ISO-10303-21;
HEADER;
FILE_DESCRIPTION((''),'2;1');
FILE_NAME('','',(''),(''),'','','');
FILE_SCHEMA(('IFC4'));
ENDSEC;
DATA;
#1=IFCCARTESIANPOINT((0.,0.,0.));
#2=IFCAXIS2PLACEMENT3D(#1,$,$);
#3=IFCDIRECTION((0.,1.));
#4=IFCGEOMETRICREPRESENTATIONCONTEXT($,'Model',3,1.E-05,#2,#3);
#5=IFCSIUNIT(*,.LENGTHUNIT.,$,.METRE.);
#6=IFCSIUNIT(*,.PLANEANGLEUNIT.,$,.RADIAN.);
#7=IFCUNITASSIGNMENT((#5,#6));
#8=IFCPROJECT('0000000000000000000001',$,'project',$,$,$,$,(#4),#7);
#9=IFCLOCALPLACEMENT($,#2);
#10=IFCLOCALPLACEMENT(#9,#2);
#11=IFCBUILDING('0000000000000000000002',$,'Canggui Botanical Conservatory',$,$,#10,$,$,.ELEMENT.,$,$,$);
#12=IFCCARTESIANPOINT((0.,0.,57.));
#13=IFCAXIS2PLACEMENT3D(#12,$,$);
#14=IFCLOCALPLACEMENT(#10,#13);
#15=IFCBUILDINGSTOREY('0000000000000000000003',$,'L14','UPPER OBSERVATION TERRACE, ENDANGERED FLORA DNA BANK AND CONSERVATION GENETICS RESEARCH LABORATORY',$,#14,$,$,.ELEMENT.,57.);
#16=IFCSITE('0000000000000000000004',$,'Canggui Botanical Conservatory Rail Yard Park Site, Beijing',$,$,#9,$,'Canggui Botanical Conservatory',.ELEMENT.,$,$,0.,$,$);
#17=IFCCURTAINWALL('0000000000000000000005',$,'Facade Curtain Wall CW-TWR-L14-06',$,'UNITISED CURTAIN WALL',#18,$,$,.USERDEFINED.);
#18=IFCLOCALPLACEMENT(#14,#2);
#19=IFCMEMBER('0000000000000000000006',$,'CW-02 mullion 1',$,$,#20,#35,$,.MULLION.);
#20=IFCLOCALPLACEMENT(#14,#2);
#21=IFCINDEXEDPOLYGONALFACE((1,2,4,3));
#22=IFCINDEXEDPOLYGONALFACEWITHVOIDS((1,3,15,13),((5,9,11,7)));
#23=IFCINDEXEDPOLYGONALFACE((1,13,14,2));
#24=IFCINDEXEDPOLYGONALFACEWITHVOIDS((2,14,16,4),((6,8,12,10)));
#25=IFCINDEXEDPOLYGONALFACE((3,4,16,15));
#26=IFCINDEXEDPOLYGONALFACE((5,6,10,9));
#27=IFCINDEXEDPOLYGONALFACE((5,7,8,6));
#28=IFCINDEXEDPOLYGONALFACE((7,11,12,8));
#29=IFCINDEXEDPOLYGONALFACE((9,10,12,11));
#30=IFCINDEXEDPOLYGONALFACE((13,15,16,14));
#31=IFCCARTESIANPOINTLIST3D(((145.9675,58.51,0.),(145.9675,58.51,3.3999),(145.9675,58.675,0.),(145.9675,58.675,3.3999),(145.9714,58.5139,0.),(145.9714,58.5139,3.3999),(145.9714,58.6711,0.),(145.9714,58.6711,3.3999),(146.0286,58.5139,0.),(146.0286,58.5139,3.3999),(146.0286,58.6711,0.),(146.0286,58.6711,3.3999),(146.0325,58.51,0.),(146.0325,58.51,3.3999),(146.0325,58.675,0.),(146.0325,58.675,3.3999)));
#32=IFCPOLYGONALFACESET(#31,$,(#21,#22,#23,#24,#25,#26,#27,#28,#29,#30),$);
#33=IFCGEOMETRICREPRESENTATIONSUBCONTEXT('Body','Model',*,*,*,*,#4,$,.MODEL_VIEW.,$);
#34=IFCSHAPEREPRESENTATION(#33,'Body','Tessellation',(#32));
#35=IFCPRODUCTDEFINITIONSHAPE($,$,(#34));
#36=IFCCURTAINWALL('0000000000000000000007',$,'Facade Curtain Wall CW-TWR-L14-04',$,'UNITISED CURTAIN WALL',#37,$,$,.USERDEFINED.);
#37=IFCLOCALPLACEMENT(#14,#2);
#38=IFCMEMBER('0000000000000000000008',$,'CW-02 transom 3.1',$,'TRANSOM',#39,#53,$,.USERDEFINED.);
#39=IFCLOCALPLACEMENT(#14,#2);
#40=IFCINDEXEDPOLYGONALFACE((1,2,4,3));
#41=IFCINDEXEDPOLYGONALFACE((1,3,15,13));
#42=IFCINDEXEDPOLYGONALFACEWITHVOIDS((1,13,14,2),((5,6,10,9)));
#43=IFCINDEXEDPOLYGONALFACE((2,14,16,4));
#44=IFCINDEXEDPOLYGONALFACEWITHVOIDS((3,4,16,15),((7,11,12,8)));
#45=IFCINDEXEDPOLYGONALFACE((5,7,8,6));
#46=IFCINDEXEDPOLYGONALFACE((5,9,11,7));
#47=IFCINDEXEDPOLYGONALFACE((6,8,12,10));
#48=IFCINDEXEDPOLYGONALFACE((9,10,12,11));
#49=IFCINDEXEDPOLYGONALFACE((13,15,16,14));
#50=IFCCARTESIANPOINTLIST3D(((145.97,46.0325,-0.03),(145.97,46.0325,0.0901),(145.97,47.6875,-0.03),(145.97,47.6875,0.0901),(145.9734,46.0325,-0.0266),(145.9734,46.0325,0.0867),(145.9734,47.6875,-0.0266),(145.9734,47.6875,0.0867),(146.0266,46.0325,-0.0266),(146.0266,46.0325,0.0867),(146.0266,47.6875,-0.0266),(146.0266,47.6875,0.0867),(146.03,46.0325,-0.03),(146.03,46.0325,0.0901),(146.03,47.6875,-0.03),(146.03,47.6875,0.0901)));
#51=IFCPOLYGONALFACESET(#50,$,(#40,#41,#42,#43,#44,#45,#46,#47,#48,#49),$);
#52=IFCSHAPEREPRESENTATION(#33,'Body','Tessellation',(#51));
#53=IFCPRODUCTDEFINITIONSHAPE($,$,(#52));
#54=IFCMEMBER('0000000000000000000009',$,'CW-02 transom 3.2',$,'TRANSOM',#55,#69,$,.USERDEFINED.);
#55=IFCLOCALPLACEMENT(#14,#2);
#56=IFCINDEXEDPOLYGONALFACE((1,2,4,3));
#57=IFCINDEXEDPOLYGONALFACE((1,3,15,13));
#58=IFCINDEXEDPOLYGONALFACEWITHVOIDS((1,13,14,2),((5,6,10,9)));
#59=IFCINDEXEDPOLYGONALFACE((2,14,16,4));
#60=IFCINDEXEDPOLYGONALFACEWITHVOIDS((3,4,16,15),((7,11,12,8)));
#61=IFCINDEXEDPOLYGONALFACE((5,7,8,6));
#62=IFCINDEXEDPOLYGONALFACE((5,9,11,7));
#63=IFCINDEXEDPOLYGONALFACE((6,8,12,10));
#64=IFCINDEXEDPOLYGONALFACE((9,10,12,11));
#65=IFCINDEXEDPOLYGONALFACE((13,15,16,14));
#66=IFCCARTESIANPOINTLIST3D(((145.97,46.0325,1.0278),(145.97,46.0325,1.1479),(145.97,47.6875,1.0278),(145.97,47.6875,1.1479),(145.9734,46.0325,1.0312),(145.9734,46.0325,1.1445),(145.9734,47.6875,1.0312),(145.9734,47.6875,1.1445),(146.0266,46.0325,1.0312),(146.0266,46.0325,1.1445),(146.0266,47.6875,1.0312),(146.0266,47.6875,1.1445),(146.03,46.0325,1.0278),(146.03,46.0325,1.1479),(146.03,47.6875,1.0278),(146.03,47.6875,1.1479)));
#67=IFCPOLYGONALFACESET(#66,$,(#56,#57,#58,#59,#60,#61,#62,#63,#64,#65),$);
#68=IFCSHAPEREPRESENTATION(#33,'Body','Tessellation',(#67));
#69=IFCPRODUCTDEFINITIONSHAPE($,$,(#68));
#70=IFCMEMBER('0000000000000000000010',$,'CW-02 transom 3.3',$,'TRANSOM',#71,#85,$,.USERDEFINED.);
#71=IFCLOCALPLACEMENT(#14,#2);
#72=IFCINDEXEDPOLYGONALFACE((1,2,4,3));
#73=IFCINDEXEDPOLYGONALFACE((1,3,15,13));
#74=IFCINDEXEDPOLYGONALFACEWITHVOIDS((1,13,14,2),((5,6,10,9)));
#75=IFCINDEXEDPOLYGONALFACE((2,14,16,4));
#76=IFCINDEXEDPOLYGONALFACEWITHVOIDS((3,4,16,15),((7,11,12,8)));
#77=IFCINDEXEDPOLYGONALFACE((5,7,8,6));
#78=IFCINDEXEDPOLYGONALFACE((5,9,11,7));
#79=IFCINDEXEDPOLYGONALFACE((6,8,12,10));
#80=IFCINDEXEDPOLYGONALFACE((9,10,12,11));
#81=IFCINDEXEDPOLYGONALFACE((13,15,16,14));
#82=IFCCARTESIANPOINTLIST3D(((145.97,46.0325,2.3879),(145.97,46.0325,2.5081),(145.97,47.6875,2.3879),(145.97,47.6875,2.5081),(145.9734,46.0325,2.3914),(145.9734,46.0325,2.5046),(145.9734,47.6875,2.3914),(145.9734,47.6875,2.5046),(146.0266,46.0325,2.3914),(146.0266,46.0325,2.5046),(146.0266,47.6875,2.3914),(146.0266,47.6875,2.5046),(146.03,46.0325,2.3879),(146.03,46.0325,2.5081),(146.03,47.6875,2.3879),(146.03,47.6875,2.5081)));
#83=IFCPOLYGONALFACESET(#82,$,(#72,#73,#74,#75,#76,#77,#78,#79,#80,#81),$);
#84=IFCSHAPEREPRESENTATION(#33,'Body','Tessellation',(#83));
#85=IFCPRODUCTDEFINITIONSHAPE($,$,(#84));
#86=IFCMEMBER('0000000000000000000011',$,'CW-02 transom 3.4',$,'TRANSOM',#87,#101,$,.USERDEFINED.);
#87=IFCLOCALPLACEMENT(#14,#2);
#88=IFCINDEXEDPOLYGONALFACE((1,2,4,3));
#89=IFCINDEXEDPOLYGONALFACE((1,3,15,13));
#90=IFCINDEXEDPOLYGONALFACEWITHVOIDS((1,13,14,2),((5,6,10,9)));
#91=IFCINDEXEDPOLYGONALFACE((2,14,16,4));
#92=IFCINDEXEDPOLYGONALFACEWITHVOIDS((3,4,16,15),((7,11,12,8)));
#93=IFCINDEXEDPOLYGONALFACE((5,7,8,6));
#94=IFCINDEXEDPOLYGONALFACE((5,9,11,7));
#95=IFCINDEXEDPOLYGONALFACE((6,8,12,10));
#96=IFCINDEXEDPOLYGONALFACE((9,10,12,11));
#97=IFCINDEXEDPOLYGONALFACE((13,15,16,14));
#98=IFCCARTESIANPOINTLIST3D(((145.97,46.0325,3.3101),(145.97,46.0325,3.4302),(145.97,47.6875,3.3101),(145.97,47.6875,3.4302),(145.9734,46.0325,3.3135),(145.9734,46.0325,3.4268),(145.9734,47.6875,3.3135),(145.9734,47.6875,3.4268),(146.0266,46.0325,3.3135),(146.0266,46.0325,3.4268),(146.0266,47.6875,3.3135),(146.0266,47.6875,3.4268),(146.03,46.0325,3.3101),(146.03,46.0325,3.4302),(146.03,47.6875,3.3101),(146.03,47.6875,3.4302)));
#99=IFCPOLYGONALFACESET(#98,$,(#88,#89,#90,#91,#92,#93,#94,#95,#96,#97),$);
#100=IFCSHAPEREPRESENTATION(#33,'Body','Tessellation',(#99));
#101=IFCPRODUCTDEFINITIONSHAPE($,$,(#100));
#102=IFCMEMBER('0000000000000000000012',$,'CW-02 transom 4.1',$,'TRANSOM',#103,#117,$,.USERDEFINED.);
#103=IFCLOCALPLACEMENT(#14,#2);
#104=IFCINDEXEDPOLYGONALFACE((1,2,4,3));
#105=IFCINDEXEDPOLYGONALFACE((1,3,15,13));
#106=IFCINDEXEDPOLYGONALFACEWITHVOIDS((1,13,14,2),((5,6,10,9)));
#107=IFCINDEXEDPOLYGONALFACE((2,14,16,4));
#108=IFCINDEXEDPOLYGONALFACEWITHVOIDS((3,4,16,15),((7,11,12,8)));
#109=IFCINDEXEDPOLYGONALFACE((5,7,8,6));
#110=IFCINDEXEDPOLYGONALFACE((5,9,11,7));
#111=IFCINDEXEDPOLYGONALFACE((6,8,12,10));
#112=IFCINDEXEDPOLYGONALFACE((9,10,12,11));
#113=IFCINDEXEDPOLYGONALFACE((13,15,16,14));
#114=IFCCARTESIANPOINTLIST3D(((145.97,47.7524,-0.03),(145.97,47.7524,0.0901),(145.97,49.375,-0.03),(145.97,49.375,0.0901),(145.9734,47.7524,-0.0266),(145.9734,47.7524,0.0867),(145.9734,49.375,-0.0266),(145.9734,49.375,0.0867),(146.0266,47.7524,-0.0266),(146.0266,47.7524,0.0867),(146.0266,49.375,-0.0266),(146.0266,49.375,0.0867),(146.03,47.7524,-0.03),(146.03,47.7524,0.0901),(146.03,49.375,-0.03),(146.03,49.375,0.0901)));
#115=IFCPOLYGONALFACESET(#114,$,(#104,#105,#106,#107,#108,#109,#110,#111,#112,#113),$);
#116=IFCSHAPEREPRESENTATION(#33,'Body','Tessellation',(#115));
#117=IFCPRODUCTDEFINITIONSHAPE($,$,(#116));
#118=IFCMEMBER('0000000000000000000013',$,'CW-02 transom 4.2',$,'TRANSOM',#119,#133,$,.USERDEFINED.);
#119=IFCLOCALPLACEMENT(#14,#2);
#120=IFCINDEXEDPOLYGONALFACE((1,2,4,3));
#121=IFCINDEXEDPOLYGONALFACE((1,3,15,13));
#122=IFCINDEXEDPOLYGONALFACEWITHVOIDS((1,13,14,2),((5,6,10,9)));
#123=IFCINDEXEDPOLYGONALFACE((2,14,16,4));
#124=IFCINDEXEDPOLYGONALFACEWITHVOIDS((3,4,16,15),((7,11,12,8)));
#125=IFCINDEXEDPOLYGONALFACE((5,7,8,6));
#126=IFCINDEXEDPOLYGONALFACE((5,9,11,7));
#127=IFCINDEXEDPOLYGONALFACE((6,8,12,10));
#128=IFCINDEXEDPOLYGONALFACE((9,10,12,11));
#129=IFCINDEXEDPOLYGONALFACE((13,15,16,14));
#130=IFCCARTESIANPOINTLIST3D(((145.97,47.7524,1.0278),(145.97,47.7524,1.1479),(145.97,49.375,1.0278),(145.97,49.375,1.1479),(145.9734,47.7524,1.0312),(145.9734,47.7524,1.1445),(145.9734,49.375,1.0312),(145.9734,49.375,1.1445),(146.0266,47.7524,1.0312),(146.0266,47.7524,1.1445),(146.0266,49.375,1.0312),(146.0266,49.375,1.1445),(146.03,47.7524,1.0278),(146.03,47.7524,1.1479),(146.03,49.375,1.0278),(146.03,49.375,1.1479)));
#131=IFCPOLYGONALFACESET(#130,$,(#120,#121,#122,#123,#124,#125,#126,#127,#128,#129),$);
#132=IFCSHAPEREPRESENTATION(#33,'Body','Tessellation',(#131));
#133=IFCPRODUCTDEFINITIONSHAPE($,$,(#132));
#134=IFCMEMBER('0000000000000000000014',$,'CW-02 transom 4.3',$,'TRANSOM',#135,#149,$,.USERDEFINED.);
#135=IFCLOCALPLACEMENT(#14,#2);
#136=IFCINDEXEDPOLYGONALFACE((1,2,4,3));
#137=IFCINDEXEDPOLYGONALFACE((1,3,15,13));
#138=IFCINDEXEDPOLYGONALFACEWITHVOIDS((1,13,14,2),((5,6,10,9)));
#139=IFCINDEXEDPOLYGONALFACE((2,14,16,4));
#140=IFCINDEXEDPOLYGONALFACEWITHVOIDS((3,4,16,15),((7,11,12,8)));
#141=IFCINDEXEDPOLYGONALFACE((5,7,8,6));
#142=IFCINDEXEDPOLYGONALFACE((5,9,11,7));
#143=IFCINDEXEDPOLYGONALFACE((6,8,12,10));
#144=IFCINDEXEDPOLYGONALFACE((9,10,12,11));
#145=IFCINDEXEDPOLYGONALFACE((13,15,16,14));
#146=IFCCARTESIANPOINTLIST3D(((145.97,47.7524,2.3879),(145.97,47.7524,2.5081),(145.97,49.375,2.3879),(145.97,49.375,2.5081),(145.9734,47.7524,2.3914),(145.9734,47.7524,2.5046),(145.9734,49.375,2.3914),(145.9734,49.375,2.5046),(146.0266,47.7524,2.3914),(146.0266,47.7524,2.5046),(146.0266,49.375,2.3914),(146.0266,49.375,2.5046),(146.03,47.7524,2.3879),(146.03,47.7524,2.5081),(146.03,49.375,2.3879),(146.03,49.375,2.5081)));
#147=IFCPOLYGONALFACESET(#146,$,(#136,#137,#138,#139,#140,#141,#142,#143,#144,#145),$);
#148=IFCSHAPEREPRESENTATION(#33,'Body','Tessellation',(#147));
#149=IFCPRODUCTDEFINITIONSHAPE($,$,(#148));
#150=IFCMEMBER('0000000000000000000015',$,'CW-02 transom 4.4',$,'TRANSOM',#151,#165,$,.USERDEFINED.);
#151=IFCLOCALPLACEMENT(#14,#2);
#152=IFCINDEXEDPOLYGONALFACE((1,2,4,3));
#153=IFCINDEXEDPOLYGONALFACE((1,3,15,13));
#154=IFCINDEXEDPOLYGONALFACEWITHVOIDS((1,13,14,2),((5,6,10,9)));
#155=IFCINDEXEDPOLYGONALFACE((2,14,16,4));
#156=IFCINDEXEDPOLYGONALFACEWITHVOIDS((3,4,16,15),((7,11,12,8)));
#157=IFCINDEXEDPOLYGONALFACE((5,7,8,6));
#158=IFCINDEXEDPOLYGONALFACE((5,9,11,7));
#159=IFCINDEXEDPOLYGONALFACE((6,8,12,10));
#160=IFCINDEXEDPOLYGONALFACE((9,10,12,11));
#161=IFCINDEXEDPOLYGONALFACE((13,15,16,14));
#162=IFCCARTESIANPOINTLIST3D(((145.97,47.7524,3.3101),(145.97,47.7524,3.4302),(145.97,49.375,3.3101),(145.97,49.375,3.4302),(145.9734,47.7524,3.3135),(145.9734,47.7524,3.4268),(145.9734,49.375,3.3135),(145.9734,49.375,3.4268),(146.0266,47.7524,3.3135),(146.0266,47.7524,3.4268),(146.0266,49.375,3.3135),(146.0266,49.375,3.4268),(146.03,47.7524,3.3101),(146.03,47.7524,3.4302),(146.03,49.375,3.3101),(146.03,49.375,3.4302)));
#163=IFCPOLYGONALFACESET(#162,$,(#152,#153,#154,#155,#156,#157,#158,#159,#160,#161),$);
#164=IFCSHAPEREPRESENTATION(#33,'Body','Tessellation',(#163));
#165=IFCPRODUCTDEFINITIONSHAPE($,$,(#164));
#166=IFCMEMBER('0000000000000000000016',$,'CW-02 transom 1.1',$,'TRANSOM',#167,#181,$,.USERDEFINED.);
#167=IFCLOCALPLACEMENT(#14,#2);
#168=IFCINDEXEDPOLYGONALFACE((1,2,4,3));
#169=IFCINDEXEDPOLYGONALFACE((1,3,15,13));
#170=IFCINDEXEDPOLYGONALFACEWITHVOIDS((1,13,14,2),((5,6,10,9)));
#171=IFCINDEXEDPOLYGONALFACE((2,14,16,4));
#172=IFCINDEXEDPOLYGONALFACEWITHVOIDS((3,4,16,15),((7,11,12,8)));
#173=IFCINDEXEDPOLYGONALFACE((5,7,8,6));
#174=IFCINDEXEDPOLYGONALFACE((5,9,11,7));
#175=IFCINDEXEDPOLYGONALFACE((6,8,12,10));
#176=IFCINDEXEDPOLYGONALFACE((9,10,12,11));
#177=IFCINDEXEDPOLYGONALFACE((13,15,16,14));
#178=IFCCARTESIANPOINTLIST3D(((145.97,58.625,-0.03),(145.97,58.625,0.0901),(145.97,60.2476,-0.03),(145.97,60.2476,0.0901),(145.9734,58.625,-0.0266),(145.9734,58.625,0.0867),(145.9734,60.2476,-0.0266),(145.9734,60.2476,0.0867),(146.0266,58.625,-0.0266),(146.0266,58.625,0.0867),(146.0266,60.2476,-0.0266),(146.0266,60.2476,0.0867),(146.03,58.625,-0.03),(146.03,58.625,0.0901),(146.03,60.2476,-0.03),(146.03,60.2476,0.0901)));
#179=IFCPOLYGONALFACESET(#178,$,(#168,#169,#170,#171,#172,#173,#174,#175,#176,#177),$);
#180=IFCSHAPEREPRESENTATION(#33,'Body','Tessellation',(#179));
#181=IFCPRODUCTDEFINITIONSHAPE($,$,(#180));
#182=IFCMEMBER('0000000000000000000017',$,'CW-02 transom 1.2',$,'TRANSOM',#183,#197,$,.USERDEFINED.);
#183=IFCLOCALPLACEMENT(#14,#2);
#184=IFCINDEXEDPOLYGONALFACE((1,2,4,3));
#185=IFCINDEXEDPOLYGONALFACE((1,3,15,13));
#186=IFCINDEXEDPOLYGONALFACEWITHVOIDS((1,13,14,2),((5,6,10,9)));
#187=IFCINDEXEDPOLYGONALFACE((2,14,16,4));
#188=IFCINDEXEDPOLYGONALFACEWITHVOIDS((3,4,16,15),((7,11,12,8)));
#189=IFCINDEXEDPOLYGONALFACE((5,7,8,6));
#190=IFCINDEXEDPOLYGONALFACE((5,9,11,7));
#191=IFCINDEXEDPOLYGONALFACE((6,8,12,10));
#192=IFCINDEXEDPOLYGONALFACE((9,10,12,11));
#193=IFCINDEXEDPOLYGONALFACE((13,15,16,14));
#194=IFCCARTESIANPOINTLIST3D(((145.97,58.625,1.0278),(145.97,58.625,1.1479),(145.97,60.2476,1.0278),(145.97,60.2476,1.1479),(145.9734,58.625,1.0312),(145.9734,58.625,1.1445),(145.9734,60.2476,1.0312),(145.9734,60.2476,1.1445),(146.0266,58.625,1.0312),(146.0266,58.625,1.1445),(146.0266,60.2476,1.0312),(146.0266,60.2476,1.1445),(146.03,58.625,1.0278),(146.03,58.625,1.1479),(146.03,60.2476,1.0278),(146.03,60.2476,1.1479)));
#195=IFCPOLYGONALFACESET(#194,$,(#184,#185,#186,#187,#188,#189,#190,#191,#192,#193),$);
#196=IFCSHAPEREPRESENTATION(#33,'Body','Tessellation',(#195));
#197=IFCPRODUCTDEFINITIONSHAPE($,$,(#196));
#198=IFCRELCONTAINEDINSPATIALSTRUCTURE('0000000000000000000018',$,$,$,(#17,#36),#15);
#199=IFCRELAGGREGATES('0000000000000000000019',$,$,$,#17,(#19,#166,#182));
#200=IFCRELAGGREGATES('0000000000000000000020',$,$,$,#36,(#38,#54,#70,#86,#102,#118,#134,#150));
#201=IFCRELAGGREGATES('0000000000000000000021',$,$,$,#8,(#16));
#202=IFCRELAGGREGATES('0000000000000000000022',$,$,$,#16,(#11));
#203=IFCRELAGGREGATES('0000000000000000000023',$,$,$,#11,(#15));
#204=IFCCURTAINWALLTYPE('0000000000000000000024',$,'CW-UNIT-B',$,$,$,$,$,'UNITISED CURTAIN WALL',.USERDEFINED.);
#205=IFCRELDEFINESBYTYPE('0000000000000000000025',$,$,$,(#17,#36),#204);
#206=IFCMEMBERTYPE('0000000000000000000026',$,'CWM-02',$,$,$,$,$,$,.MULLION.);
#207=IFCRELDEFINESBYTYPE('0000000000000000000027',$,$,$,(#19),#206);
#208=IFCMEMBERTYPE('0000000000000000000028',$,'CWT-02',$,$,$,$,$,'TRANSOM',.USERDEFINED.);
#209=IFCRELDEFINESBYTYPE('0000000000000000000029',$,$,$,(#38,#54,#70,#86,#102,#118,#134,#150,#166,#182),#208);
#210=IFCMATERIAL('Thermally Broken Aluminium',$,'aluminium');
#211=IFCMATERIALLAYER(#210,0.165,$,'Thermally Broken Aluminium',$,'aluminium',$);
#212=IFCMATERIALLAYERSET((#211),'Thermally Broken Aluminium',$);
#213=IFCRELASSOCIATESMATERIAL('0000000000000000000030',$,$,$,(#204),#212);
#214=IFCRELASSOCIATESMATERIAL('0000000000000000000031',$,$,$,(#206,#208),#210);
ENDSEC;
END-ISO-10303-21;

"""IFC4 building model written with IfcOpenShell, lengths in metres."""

from ifc_helpers import new_model, si_unit, direction, frame, origin, origin_2d, place, context, subcontext, project, spatial, hollow_rectangle, extrude, material, layer, layer_set, material_profile, profile_set, type_object, element, aggregate, save


model = new_model("IFC4")

# Units and contexts
model_context = context("Model", 3, precision=1e-05, world=origin(), true_north=direction((0.0, 1.0)))
body_context = subcontext(model_context, "Body", "Model", "MODEL_VIEW")
ifc_project = project(units=[si_unit("LENGTHUNIT", "METRE"), si_unit("PLANEANGLEUNIT", "RADIAN")], contexts=[model_context])

# Site, building, storey
site_placement = place(None, origin())
site = spatial("IfcSite", under=ifc_project, at=site_placement, Name="Canggui Botanical Conservatory Rail Yard Park Site, Beijing", LongName="Canggui Botanical Conservatory", CompositionType="ELEMENT", RefElevation=0.0)
building_placement = place(site_placement, origin())
building = spatial("IfcBuilding", under=site, at=building_placement, Name="Canggui Botanical Conservatory", CompositionType="ELEMENT")
storey_placement = place(building_placement, frame((0.0, 0.0, 57.0)))
storey = spatial("IfcBuildingStorey", under=building, at=storey_placement, Name="L14", Description="UPPER OBSERVATION TERRACE, ENDANGERED FLORA DNA BANK AND CONSERVATION GENETICS RESEARCH LABORATORY", CompositionType="ELEMENT", Elevation=57.0)

# Curtain wall, member
ifc_material_1 = material(Name="Thermally Broken Aluminium", Category="aluminium")
ifc_layer_1 = layer(ifc_material_1, 0.165, Name="Thermally Broken Aluminium", Category="aluminium")
ifc_layer_set_1 = layer_set([ifc_layer_1], Name="Thermally Broken Aluminium")
curtain_wall_type = type_object("IfcCurtainWallType", Name="CW-UNIT-B", ElementType="UNITISED CURTAIN WALL", PredefinedType="USERDEFINED", material=ifc_layer_set_1)
curtain_wall_1_placement = place(storey_placement, origin())
curtain_wall_1 = element("IfcCurtainWall", 1, at=curtain_wall_1_placement, inside=storey, type_object=curtain_wall_type, Name="Facade Curtain Wall CW-TWR-L14-06", ObjectType="UNITISED CURTAIN WALL", PredefinedType="USERDEFINED")
ifc_material_profile_1 = material_profile(ifc_material_1, hollow_rectangle(XDim=0.0649, YDim=0.165, WallThickness=0.0039, at=origin_2d()), Name="CWM 65x165x4")
ifc_profile_set_1 = profile_set([ifc_material_profile_1], Name="Thermally Broken Aluminium")
member_type_1 = type_object("IfcMemberType", Name="CWM-02", PredefinedType="MULLION", material=ifc_profile_set_1)
member_1_placement = place(storey_placement, frame((146.0, 58.5925, 0.0), z_axis=(0.0, 0.0, 1.0), x_axis=(-1.0, 0.0, 0.0)))
member_1 = element("IfcMember", 2, at=member_1_placement, type_object=member_type_1, Name="CW-02 mullion 1", PredefinedType="MULLION", context=body_context, shape_type="SweptSolid", body=[
    extrude(hollow_rectangle(XDim=0.0649, YDim=0.165, WallThickness=0.0039, at=origin_2d()), origin(), (0.0, 0.0, 1.0), 3.3999),
])

# Curtain wall, members
curtain_wall_2_placement = place(storey_placement, origin())
curtain_wall_2 = element("IfcCurtainWall", 3, at=curtain_wall_2_placement, inside=storey, type_object=curtain_wall_type, Name="Facade Curtain Wall CW-TWR-L14-04", ObjectType="UNITISED CURTAIN WALL", PredefinedType="USERDEFINED")
ifc_material_profile_2 = material_profile(ifc_material_1, hollow_rectangle(XDim=0.0601, YDim=0.1201, WallThickness=0.0034, at=origin_2d()), Name="CWT 60x120x3.5")
ifc_profile_set_2 = profile_set([ifc_material_profile_2], Name="Thermally Broken Aluminium")
member_type_2 = type_object("IfcMemberType", Name="CWT-02", ElementType="TRANSOM", PredefinedType="USERDEFINED", material=ifc_profile_set_2)
member_2_placement = place(storey_placement, frame((146.0, 46.0325, 0.03), z_axis=(0.0, 1.0, 0.0), x_axis=(-1.0, 0.0, 0.0)))
member_2 = element("IfcMember", 4, at=member_2_placement, type_object=member_type_2, Name="CW-02 transom 3.1", ObjectType="TRANSOM", PredefinedType="USERDEFINED", context=body_context, shape_type="SweptSolid", body=[
    extrude(hollow_rectangle(XDim=0.0601, YDim=0.1201, WallThickness=0.0034, at=origin_2d()), origin(), (0.0, 0.0, 1.0), 1.655),
])
member_3_placement = place(storey_placement, frame((146.0, 46.0325, 1.0879), z_axis=(0.0, 1.0, 0.0), x_axis=(-1.0, 0.0, 0.0)))
member_3 = element("IfcMember", 5, at=member_3_placement, type_object=member_type_2, Name="CW-02 transom 3.2", ObjectType="TRANSOM", PredefinedType="USERDEFINED", context=body_context, shape_type="SweptSolid", body=[
    extrude(hollow_rectangle(XDim=0.0601, YDim=0.1201, WallThickness=0.0034, at=origin_2d()), origin(), (0.0, 0.0, 1.0), 1.655),
])
member_4_placement = place(storey_placement, frame((146.0, 46.0325, 2.448), z_axis=(0.0, 1.0, 0.0), x_axis=(-1.0, 0.0, 0.0)))
member_4 = element("IfcMember", 6, at=member_4_placement, type_object=member_type_2, Name="CW-02 transom 3.3", ObjectType="TRANSOM", PredefinedType="USERDEFINED", context=body_context, shape_type="SweptSolid", body=[
    extrude(hollow_rectangle(XDim=0.0601, YDim=0.1201, WallThickness=0.0034, at=origin_2d()), origin(), (0.0, 0.0, 1.0), 1.655),
])
member_5_placement = place(storey_placement, frame((146.0, 46.0325, 3.3701), z_axis=(0.0, 1.0, 0.0), x_axis=(-1.0, 0.0, 0.0)))
member_5 = element("IfcMember", 7, at=member_5_placement, type_object=member_type_2, Name="CW-02 transom 3.4", ObjectType="TRANSOM", PredefinedType="USERDEFINED", context=body_context, shape_type="SweptSolid", body=[
    extrude(hollow_rectangle(XDim=0.0601, YDim=0.1201, WallThickness=0.0034, at=origin_2d()), origin(), (0.0, 0.0, 1.0), 1.655),
])
member_6_placement = place(storey_placement, frame((146.0, 47.7524, 0.03), z_axis=(0.0, 1.0, 0.0), x_axis=(-1.0, 0.0, 0.0)))
member_6 = element("IfcMember", 8, at=member_6_placement, type_object=member_type_2, Name="CW-02 transom 4.1", ObjectType="TRANSOM", PredefinedType="USERDEFINED", context=body_context, shape_type="SweptSolid", body=[
    extrude(hollow_rectangle(XDim=0.0601, YDim=0.1201, WallThickness=0.0034, at=origin_2d()), origin(), (0.0, 0.0, 1.0), 1.6226),
])
member_7_placement = place(storey_placement, frame((146.0, 47.7524, 1.0879), z_axis=(0.0, 1.0, 0.0), x_axis=(-1.0, 0.0, 0.0)))
member_7 = element("IfcMember", 9, at=member_7_placement, type_object=member_type_2, Name="CW-02 transom 4.2", ObjectType="TRANSOM", PredefinedType="USERDEFINED", context=body_context, shape_type="SweptSolid", body=[
    extrude(hollow_rectangle(XDim=0.0601, YDim=0.1201, WallThickness=0.0034, at=origin_2d()), origin(), (0.0, 0.0, 1.0), 1.6226),
])
member_8_placement = place(storey_placement, frame((146.0, 47.7524, 2.448), z_axis=(0.0, 1.0, 0.0), x_axis=(-1.0, 0.0, 0.0)))
member_8 = element("IfcMember", 10, at=member_8_placement, type_object=member_type_2, Name="CW-02 transom 4.3", ObjectType="TRANSOM", PredefinedType="USERDEFINED", context=body_context, shape_type="SweptSolid", body=[
    extrude(hollow_rectangle(XDim=0.0601, YDim=0.1201, WallThickness=0.0034, at=origin_2d()), origin(), (0.0, 0.0, 1.0), 1.6226),
])
member_9_placement = place(storey_placement, frame((146.0, 47.7524, 3.3701), z_axis=(0.0, 1.0, 0.0), x_axis=(-1.0, 0.0, 0.0)))
member_9 = element("IfcMember", 11, at=member_9_placement, type_object=member_type_2, Name="CW-02 transom 4.4", ObjectType="TRANSOM", PredefinedType="USERDEFINED", context=body_context, shape_type="SweptSolid", body=[
    extrude(hollow_rectangle(XDim=0.0601, YDim=0.1201, WallThickness=0.0034, at=origin_2d()), origin(), (0.0, 0.0, 1.0), 1.6226),
])

# Members
member_10_placement = place(storey_placement, frame((146.0, 58.625, 0.03), z_axis=(0.0, 1.0, 0.0), x_axis=(-1.0, 0.0, 0.0)))
member_10 = element("IfcMember", 12, at=member_10_placement, type_object=member_type_2, Name="CW-02 transom 1.1", ObjectType="TRANSOM", PredefinedType="USERDEFINED", context=body_context, shape_type="SweptSolid", body=[
    extrude(hollow_rectangle(XDim=0.0601, YDim=0.1201, WallThickness=0.0034, at=origin_2d()), origin(), (0.0, 0.0, 1.0), 1.6226),
])
member_11_placement = place(storey_placement, frame((146.0, 58.625, 1.0879), z_axis=(0.0, 1.0, 0.0), x_axis=(-1.0, 0.0, 0.0)))
member_11 = element("IfcMember", 13, at=member_11_placement, type_object=member_type_2, Name="CW-02 transom 1.2", ObjectType="TRANSOM", PredefinedType="USERDEFINED", context=body_context, shape_type="SweptSolid", body=[
    extrude(hollow_rectangle(XDim=0.0601, YDim=0.1201, WallThickness=0.0034, at=origin_2d()), origin(), (0.0, 0.0, 1.0), 1.6226),
])
aggregate(curtain_wall_1, [member_1, member_10, member_11])

aggregate(curtain_wall_2, [member_2, member_3, member_4, member_5, member_6, member_7, member_8, member_9])

save(model, "model.ifc")
